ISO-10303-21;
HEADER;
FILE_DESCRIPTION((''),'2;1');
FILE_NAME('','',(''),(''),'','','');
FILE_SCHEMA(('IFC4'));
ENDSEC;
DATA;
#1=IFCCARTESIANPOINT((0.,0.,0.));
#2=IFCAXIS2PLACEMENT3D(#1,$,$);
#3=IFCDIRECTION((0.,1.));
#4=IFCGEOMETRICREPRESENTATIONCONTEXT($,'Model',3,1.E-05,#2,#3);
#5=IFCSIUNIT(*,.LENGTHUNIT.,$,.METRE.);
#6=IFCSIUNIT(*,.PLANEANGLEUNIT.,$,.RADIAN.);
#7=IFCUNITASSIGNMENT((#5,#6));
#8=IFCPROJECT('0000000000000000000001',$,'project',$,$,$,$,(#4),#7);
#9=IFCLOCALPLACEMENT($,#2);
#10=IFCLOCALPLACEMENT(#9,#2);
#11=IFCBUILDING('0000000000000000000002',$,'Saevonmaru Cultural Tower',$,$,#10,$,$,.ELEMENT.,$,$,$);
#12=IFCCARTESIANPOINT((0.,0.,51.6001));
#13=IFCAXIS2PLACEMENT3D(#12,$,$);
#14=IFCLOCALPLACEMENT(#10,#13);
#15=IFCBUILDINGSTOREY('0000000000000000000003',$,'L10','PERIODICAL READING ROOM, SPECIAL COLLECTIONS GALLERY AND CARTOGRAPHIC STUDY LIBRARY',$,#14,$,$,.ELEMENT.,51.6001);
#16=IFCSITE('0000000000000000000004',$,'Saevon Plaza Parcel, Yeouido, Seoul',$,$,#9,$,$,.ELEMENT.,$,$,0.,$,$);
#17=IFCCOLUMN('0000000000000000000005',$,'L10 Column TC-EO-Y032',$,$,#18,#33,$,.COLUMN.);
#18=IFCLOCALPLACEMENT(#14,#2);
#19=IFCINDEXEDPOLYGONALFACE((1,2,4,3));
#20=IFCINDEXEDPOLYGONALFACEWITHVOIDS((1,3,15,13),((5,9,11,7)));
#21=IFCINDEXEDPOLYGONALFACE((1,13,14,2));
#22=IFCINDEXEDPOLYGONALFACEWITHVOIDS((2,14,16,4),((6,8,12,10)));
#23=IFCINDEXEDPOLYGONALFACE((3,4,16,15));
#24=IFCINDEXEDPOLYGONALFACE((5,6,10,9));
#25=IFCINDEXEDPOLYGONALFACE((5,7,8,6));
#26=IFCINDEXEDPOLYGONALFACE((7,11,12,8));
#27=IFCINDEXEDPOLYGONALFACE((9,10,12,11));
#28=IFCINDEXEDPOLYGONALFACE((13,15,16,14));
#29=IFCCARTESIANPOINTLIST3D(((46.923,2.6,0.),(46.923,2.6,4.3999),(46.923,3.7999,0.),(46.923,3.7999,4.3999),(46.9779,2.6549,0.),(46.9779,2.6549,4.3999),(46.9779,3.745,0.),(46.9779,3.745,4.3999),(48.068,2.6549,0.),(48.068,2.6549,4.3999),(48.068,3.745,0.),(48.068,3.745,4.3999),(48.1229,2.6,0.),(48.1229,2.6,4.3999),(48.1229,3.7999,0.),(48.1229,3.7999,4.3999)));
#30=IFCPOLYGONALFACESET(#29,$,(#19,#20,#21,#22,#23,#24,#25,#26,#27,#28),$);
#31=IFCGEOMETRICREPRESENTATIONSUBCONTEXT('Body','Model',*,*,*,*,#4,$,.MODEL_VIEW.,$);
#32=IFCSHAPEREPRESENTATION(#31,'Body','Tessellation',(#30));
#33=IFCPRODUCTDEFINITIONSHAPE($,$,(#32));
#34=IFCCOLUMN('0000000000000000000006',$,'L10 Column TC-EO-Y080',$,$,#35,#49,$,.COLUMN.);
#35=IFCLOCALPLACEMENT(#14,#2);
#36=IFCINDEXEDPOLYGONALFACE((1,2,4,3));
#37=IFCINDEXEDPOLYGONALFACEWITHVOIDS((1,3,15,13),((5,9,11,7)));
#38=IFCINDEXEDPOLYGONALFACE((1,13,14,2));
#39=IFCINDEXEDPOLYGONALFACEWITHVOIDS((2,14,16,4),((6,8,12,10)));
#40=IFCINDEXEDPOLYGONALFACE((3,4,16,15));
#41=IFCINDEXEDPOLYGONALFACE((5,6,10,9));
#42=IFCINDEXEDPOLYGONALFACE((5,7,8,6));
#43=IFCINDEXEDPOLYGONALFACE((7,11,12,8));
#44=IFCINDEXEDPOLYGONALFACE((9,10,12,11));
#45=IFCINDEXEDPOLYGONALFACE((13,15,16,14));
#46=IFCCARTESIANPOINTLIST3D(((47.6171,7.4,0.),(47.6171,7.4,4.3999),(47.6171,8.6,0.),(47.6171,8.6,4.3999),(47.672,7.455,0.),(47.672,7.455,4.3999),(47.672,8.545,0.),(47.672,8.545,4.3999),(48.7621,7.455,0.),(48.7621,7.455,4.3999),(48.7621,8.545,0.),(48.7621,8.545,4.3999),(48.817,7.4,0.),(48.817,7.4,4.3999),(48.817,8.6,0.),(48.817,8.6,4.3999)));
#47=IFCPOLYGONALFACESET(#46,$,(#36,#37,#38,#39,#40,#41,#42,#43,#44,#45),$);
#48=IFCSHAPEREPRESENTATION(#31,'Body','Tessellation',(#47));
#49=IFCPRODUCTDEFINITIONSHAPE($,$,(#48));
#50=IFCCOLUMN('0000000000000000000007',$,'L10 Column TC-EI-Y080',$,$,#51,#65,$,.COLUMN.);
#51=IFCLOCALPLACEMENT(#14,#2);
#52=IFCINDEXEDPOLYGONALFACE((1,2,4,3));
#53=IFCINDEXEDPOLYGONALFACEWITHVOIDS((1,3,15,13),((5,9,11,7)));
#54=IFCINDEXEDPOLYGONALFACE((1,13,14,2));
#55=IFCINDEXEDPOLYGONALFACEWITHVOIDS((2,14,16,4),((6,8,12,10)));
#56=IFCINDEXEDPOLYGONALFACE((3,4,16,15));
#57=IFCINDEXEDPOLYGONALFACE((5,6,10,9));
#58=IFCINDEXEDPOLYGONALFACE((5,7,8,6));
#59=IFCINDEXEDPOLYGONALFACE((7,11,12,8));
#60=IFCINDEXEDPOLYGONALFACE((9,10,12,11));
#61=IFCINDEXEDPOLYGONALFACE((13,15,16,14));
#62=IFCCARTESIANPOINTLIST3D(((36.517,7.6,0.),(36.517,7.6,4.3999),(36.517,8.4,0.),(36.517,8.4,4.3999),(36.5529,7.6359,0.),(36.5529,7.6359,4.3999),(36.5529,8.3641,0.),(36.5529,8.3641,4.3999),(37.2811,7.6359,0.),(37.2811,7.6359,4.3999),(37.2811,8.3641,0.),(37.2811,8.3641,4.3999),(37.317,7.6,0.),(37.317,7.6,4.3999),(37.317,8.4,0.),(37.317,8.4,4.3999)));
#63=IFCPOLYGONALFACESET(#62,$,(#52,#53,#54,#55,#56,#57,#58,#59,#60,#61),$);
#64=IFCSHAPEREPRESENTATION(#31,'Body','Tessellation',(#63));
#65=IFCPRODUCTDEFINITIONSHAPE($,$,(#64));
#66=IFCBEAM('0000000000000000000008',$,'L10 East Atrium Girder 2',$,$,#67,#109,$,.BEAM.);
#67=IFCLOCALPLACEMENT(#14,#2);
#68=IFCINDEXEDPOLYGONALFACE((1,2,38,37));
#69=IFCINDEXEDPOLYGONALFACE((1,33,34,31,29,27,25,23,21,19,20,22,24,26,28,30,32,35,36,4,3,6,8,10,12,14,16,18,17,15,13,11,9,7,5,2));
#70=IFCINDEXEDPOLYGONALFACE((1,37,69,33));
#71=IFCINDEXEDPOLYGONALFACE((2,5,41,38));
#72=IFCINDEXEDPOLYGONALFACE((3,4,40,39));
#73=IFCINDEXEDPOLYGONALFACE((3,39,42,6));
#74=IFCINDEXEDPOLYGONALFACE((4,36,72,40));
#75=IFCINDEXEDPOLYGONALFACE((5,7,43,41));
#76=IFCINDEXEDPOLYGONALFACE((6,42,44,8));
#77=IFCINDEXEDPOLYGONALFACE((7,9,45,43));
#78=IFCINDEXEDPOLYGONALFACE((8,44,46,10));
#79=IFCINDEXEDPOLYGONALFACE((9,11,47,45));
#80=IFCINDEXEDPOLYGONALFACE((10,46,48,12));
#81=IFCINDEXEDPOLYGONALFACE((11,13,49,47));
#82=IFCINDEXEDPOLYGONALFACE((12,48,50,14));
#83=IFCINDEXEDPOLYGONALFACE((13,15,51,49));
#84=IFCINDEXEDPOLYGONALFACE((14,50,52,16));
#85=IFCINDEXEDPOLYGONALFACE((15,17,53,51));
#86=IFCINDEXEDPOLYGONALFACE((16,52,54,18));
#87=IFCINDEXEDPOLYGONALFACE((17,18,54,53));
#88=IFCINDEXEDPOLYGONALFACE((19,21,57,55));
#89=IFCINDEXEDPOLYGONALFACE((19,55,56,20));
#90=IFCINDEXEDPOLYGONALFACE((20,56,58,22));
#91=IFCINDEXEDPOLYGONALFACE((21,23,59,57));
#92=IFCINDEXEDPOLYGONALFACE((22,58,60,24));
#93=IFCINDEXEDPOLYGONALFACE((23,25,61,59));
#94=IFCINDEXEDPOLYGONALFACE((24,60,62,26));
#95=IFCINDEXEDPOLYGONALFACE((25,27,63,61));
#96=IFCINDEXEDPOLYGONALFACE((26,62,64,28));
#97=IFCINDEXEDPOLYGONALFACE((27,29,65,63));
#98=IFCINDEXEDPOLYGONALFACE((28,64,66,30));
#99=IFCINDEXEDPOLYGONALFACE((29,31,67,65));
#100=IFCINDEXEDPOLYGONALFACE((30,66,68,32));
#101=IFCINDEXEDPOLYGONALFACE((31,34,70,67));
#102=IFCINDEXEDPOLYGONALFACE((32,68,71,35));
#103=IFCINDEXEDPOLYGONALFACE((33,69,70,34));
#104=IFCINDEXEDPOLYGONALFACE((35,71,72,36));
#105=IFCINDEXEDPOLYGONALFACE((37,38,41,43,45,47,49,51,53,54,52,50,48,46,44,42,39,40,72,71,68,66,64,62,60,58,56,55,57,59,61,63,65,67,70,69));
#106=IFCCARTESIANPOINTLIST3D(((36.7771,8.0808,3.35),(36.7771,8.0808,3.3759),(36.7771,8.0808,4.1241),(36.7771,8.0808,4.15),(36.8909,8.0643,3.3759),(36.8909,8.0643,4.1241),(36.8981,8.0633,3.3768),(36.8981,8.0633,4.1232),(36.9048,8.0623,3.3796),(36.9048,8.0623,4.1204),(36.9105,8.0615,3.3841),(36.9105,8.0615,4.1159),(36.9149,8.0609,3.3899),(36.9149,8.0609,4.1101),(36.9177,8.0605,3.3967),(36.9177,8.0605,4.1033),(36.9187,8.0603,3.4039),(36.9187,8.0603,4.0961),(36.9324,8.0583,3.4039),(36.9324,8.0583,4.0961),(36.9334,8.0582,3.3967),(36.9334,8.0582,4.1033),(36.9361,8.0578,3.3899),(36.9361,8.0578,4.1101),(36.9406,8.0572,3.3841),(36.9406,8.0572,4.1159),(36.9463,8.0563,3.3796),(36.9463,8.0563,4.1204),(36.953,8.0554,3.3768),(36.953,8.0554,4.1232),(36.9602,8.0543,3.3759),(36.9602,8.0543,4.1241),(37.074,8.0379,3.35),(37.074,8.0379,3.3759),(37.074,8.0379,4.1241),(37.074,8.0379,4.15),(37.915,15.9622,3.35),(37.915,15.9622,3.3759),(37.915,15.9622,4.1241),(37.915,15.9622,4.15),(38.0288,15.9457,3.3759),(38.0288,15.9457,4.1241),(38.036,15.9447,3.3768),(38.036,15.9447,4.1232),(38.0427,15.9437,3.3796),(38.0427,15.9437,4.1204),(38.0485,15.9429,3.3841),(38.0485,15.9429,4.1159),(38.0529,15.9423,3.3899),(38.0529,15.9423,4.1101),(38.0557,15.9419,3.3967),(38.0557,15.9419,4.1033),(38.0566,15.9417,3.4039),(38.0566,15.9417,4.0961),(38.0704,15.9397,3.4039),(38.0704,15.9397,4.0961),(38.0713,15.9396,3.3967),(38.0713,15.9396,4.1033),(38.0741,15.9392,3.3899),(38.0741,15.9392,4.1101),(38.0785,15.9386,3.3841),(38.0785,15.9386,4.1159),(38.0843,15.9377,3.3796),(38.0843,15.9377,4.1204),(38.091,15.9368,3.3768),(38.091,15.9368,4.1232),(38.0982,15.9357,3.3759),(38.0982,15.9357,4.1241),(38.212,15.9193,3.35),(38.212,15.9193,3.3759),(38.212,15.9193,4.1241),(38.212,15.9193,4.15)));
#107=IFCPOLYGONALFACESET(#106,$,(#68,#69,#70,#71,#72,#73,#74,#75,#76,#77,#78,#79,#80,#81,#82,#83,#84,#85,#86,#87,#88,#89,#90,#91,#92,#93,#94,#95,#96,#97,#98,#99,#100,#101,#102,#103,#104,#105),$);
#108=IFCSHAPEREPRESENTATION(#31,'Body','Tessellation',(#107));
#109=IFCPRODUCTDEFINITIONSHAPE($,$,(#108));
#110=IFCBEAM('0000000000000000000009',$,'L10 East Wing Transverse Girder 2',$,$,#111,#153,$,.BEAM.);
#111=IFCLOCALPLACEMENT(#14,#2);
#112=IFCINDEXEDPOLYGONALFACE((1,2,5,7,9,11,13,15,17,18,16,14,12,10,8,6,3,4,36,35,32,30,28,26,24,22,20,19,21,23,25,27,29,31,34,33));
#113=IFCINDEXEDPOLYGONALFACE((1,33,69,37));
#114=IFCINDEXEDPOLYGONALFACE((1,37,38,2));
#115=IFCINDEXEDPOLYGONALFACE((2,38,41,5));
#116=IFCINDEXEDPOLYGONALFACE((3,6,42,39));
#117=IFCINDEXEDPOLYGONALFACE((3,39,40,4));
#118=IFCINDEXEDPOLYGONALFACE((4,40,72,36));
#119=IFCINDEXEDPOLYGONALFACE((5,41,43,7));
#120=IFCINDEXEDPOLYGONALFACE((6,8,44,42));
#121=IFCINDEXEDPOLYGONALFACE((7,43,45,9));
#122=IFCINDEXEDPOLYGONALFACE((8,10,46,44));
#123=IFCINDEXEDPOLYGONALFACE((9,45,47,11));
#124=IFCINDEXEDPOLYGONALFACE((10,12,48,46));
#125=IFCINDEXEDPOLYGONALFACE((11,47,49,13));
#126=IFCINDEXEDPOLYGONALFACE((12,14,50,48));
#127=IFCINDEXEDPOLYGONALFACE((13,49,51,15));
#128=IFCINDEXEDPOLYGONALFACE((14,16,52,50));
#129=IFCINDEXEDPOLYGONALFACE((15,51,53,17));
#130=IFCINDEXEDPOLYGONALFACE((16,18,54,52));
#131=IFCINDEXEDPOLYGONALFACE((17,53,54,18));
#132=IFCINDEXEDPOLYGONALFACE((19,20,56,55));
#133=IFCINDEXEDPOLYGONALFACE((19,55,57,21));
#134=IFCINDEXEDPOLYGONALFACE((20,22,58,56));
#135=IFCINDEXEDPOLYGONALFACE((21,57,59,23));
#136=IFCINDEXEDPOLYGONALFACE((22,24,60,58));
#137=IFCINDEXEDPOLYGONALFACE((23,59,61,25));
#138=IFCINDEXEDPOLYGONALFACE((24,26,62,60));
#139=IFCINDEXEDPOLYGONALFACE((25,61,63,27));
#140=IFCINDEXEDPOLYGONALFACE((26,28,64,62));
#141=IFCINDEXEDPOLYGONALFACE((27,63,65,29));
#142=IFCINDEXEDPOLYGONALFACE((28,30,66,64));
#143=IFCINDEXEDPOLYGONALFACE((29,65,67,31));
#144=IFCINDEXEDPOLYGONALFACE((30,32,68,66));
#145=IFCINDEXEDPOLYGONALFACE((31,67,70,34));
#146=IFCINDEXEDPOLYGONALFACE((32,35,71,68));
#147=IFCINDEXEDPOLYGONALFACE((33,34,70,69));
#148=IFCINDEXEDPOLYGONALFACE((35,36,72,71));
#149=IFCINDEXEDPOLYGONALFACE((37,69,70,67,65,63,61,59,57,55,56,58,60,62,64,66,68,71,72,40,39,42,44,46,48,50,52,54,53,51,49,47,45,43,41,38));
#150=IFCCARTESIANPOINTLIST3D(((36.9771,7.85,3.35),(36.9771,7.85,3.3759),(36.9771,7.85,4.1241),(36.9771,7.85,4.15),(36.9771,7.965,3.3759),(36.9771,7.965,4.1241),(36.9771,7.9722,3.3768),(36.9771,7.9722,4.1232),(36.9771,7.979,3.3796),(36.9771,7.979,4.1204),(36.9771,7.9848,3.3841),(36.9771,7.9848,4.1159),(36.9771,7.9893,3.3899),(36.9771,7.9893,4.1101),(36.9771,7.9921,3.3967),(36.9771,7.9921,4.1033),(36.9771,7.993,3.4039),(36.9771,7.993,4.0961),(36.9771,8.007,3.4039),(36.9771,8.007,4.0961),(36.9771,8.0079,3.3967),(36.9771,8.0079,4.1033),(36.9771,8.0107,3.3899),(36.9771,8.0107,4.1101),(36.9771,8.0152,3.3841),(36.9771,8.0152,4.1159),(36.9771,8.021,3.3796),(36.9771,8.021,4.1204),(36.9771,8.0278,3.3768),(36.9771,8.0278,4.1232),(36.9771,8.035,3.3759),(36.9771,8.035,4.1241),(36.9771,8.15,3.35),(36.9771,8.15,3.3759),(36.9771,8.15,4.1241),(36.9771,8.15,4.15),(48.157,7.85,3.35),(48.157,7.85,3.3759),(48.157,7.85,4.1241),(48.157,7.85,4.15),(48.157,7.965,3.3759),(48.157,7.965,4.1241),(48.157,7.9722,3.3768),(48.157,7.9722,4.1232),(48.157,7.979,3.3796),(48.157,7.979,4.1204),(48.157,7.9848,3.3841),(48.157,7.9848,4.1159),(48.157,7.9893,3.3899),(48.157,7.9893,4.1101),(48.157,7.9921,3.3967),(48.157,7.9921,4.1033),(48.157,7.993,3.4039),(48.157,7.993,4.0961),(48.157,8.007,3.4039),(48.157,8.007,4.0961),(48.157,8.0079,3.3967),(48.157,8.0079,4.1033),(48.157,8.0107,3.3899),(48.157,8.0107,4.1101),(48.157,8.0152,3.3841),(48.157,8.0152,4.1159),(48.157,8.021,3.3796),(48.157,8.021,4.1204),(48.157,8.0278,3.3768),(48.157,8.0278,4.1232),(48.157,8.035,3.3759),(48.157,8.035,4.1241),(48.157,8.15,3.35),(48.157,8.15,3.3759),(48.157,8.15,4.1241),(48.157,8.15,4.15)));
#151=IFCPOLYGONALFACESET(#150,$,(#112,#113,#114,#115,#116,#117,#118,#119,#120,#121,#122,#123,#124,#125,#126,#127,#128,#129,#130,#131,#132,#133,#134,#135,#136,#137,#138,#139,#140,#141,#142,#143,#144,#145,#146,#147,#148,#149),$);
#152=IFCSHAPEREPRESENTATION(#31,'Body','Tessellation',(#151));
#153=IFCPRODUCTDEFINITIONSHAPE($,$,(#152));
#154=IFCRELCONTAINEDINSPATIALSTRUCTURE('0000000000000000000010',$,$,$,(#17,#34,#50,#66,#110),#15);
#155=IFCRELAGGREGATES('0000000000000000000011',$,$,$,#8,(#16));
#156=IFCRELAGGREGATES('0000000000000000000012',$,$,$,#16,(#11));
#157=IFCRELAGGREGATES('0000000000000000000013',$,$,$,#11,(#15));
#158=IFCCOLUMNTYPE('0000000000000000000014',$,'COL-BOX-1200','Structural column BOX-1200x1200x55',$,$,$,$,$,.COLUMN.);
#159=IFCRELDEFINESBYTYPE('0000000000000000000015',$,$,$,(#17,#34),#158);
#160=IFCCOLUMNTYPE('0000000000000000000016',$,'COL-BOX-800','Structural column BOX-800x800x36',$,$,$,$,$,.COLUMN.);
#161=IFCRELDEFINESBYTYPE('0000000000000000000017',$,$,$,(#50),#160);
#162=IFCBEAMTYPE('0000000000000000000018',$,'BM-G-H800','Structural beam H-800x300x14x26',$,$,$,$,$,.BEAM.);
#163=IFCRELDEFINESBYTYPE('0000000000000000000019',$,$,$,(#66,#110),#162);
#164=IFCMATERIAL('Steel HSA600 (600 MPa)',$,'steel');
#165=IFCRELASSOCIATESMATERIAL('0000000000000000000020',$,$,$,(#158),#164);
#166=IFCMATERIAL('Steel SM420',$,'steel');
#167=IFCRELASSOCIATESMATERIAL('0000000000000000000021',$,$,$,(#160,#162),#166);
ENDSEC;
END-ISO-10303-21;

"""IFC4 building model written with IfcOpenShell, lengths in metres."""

from ifc_helpers import new_model, si_unit, direction, frame, origin, origin_2d, place, context, subcontext, project, spatial, hollow_rectangle, i_section, extrude, material, material_profile, profile_set, type_object, element, save


model = new_model("IFC4")

# Units and contexts
model_context = context("Model", 3, precision=1e-05, world=origin(), true_north=direction((0.0, 1.0)))
body_context = subcontext(model_context, "Body", "Model", "MODEL_VIEW")
ifc_project = project(units=[si_unit("LENGTHUNIT", "METRE"), si_unit("PLANEANGLEUNIT", "RADIAN")], contexts=[model_context])

# Site, building, storey
site_placement = place(None, origin())
site = spatial("IfcSite", under=ifc_project, at=site_placement, Name="Saevon Plaza Parcel, Yeouido, Seoul", CompositionType="ELEMENT", RefElevation=0.0)
building_placement = place(site_placement, origin())
building = spatial("IfcBuilding", under=site, at=building_placement, Name="Saevonmaru Cultural Tower", CompositionType="ELEMENT")
storey_placement = place(building_placement, frame((0.0, 0.0, 51.6001)))
storey = spatial("IfcBuildingStorey", under=building, at=storey_placement, Name="L10", Description="PERIODICAL READING ROOM, SPECIAL COLLECTIONS GALLERY AND CARTOGRAPHIC STUDY LIBRARY", CompositionType="ELEMENT", Elevation=51.6001)

# Columns
ifc_material_1 = material(Name="Steel HSA600 (600 MPa)", Category="steel")
ifc_material_profile_1 = material_profile(ifc_material_1, hollow_rectangle(XDim=1.2, YDim=1.2, WallThickness=0.0549, at=origin_2d()), Name="BOX-1200x1200x55")
ifc_profile_set_1 = profile_set([ifc_material_profile_1], Name="Steel HSA600 (600 MPa)")
column_type_1 = type_object("IfcColumnType", Name="COL-BOX-1200", Description="Structural column BOX-1200x1200x55", PredefinedType="COLUMN", material=ifc_profile_set_1)
for number, where, z_axis, x_axis, name in (
    (1, (47.5229, 3.2, 0.0), (0.0, 0.0, 1.0), (1.0, 0.0, 0.0), "L10 Column TC-EO-Y032"),
    (2, (48.217, 8.0, 0.0), (0.0, 0.0, 1.0), (1.0, 0.0, 0.0), "L10 Column TC-EO-Y080"),
):
    element("IfcColumn", number, at=place(storey_placement, frame(where, z_axis=z_axis, x_axis=x_axis)), inside=storey, type_object=column_type_1, Name=name, PredefinedType="COLUMN", context=body_context, shape_type="SweptSolid", body=[
        extrude(hollow_rectangle(XDim=1.2, YDim=1.2, WallThickness=0.0549, at=origin_2d()), origin(), (0.0, 0.0, 1.0), 4.3999),
    ])
ifc_material_2 = material(Name="Steel SM420", Category="steel")
ifc_material_profile_2 = material_profile(ifc_material_2, hollow_rectangle(XDim=0.8, YDim=0.8, WallThickness=0.0359, at=origin_2d()), Name="BOX-800x800x36")
ifc_profile_set_2 = profile_set([ifc_material_profile_2], Name="Steel SM420")
column_type_2 = type_object("IfcColumnType", Name="COL-BOX-800", Description="Structural column BOX-800x800x36", PredefinedType="COLUMN", material=ifc_profile_set_2)
column_placement = place(storey_placement, frame((36.917, 8.0, 0.0), z_axis=(0.0, 0.0, 1.0), x_axis=(1.0, 0.0, 0.0)))
element("IfcColumn", 3, at=column_placement, inside=storey, type_object=column_type_2, Name="L10 Column TC-EI-Y080", PredefinedType="COLUMN", context=body_context, shape_type="SweptSolid", body=[
    extrude(hollow_rectangle(XDim=0.8, YDim=0.8, WallThickness=0.0359, at=origin_2d()), origin(), (0.0, 0.0, 1.0), 4.3999),
])

# Beams
ifc_material_profile_3 = material_profile(ifc_material_2, i_section(OverallWidth=0.3, OverallDepth=0.8, WebThickness=0.0139, FlangeThickness=0.0259, FilletRadius=0.0281, at=origin_2d()), Name="H-800x300x14x26")
ifc_profile_set_3 = profile_set([ifc_material_profile_3], Name="Steel SM420")
beam_type_1 = type_object("IfcBeamType", Name="BM-G-H800", Description="Structural beam H-800x300x14x26", PredefinedType="BEAM", material=ifc_profile_set_3)
beam_1_placement = place(storey_placement, frame((36.9255, 8.0593, 3.75), z_axis=(0.142902, 0.989737, 0.0), x_axis=(-0.989737, 0.142902, 0.0)))
element("IfcBeam", 4, at=beam_1_placement, inside=storey, type_object=beam_type_1, Name="L10 East Atrium Girder 2", PredefinedType="BEAM", context=body_context, shape_type="SweptSolid", body=[
    extrude(i_section(OverallWidth=0.3, OverallDepth=0.8, WebThickness=0.0139, FlangeThickness=0.0259, FilletRadius=0.0281, at=origin_2d()), origin(), (0.0, 0.0, 1.0), 7.9631),
])
beam_2_placement = place(storey_placement, frame((36.9771, 8.0, 3.75), z_axis=(1.0, 0.0, 0.0), x_axis=(0.0, 1.0, 0.0)))
element("IfcBeam", 5, at=beam_2_placement, inside=storey, type_object=beam_type_1, Name="L10 East Wing Transverse Girder 2", PredefinedType="BEAM", context=body_context, shape_type="SweptSolid", body=[
    extrude(i_section(OverallWidth=0.3, OverallDepth=0.8, WebThickness=0.0139, FlangeThickness=0.0259, FilletRadius=0.0281, at=origin_2d()), origin(), (0.0, 0.0, 1.0), 11.1799),
])

save(model, "model.ifc")
